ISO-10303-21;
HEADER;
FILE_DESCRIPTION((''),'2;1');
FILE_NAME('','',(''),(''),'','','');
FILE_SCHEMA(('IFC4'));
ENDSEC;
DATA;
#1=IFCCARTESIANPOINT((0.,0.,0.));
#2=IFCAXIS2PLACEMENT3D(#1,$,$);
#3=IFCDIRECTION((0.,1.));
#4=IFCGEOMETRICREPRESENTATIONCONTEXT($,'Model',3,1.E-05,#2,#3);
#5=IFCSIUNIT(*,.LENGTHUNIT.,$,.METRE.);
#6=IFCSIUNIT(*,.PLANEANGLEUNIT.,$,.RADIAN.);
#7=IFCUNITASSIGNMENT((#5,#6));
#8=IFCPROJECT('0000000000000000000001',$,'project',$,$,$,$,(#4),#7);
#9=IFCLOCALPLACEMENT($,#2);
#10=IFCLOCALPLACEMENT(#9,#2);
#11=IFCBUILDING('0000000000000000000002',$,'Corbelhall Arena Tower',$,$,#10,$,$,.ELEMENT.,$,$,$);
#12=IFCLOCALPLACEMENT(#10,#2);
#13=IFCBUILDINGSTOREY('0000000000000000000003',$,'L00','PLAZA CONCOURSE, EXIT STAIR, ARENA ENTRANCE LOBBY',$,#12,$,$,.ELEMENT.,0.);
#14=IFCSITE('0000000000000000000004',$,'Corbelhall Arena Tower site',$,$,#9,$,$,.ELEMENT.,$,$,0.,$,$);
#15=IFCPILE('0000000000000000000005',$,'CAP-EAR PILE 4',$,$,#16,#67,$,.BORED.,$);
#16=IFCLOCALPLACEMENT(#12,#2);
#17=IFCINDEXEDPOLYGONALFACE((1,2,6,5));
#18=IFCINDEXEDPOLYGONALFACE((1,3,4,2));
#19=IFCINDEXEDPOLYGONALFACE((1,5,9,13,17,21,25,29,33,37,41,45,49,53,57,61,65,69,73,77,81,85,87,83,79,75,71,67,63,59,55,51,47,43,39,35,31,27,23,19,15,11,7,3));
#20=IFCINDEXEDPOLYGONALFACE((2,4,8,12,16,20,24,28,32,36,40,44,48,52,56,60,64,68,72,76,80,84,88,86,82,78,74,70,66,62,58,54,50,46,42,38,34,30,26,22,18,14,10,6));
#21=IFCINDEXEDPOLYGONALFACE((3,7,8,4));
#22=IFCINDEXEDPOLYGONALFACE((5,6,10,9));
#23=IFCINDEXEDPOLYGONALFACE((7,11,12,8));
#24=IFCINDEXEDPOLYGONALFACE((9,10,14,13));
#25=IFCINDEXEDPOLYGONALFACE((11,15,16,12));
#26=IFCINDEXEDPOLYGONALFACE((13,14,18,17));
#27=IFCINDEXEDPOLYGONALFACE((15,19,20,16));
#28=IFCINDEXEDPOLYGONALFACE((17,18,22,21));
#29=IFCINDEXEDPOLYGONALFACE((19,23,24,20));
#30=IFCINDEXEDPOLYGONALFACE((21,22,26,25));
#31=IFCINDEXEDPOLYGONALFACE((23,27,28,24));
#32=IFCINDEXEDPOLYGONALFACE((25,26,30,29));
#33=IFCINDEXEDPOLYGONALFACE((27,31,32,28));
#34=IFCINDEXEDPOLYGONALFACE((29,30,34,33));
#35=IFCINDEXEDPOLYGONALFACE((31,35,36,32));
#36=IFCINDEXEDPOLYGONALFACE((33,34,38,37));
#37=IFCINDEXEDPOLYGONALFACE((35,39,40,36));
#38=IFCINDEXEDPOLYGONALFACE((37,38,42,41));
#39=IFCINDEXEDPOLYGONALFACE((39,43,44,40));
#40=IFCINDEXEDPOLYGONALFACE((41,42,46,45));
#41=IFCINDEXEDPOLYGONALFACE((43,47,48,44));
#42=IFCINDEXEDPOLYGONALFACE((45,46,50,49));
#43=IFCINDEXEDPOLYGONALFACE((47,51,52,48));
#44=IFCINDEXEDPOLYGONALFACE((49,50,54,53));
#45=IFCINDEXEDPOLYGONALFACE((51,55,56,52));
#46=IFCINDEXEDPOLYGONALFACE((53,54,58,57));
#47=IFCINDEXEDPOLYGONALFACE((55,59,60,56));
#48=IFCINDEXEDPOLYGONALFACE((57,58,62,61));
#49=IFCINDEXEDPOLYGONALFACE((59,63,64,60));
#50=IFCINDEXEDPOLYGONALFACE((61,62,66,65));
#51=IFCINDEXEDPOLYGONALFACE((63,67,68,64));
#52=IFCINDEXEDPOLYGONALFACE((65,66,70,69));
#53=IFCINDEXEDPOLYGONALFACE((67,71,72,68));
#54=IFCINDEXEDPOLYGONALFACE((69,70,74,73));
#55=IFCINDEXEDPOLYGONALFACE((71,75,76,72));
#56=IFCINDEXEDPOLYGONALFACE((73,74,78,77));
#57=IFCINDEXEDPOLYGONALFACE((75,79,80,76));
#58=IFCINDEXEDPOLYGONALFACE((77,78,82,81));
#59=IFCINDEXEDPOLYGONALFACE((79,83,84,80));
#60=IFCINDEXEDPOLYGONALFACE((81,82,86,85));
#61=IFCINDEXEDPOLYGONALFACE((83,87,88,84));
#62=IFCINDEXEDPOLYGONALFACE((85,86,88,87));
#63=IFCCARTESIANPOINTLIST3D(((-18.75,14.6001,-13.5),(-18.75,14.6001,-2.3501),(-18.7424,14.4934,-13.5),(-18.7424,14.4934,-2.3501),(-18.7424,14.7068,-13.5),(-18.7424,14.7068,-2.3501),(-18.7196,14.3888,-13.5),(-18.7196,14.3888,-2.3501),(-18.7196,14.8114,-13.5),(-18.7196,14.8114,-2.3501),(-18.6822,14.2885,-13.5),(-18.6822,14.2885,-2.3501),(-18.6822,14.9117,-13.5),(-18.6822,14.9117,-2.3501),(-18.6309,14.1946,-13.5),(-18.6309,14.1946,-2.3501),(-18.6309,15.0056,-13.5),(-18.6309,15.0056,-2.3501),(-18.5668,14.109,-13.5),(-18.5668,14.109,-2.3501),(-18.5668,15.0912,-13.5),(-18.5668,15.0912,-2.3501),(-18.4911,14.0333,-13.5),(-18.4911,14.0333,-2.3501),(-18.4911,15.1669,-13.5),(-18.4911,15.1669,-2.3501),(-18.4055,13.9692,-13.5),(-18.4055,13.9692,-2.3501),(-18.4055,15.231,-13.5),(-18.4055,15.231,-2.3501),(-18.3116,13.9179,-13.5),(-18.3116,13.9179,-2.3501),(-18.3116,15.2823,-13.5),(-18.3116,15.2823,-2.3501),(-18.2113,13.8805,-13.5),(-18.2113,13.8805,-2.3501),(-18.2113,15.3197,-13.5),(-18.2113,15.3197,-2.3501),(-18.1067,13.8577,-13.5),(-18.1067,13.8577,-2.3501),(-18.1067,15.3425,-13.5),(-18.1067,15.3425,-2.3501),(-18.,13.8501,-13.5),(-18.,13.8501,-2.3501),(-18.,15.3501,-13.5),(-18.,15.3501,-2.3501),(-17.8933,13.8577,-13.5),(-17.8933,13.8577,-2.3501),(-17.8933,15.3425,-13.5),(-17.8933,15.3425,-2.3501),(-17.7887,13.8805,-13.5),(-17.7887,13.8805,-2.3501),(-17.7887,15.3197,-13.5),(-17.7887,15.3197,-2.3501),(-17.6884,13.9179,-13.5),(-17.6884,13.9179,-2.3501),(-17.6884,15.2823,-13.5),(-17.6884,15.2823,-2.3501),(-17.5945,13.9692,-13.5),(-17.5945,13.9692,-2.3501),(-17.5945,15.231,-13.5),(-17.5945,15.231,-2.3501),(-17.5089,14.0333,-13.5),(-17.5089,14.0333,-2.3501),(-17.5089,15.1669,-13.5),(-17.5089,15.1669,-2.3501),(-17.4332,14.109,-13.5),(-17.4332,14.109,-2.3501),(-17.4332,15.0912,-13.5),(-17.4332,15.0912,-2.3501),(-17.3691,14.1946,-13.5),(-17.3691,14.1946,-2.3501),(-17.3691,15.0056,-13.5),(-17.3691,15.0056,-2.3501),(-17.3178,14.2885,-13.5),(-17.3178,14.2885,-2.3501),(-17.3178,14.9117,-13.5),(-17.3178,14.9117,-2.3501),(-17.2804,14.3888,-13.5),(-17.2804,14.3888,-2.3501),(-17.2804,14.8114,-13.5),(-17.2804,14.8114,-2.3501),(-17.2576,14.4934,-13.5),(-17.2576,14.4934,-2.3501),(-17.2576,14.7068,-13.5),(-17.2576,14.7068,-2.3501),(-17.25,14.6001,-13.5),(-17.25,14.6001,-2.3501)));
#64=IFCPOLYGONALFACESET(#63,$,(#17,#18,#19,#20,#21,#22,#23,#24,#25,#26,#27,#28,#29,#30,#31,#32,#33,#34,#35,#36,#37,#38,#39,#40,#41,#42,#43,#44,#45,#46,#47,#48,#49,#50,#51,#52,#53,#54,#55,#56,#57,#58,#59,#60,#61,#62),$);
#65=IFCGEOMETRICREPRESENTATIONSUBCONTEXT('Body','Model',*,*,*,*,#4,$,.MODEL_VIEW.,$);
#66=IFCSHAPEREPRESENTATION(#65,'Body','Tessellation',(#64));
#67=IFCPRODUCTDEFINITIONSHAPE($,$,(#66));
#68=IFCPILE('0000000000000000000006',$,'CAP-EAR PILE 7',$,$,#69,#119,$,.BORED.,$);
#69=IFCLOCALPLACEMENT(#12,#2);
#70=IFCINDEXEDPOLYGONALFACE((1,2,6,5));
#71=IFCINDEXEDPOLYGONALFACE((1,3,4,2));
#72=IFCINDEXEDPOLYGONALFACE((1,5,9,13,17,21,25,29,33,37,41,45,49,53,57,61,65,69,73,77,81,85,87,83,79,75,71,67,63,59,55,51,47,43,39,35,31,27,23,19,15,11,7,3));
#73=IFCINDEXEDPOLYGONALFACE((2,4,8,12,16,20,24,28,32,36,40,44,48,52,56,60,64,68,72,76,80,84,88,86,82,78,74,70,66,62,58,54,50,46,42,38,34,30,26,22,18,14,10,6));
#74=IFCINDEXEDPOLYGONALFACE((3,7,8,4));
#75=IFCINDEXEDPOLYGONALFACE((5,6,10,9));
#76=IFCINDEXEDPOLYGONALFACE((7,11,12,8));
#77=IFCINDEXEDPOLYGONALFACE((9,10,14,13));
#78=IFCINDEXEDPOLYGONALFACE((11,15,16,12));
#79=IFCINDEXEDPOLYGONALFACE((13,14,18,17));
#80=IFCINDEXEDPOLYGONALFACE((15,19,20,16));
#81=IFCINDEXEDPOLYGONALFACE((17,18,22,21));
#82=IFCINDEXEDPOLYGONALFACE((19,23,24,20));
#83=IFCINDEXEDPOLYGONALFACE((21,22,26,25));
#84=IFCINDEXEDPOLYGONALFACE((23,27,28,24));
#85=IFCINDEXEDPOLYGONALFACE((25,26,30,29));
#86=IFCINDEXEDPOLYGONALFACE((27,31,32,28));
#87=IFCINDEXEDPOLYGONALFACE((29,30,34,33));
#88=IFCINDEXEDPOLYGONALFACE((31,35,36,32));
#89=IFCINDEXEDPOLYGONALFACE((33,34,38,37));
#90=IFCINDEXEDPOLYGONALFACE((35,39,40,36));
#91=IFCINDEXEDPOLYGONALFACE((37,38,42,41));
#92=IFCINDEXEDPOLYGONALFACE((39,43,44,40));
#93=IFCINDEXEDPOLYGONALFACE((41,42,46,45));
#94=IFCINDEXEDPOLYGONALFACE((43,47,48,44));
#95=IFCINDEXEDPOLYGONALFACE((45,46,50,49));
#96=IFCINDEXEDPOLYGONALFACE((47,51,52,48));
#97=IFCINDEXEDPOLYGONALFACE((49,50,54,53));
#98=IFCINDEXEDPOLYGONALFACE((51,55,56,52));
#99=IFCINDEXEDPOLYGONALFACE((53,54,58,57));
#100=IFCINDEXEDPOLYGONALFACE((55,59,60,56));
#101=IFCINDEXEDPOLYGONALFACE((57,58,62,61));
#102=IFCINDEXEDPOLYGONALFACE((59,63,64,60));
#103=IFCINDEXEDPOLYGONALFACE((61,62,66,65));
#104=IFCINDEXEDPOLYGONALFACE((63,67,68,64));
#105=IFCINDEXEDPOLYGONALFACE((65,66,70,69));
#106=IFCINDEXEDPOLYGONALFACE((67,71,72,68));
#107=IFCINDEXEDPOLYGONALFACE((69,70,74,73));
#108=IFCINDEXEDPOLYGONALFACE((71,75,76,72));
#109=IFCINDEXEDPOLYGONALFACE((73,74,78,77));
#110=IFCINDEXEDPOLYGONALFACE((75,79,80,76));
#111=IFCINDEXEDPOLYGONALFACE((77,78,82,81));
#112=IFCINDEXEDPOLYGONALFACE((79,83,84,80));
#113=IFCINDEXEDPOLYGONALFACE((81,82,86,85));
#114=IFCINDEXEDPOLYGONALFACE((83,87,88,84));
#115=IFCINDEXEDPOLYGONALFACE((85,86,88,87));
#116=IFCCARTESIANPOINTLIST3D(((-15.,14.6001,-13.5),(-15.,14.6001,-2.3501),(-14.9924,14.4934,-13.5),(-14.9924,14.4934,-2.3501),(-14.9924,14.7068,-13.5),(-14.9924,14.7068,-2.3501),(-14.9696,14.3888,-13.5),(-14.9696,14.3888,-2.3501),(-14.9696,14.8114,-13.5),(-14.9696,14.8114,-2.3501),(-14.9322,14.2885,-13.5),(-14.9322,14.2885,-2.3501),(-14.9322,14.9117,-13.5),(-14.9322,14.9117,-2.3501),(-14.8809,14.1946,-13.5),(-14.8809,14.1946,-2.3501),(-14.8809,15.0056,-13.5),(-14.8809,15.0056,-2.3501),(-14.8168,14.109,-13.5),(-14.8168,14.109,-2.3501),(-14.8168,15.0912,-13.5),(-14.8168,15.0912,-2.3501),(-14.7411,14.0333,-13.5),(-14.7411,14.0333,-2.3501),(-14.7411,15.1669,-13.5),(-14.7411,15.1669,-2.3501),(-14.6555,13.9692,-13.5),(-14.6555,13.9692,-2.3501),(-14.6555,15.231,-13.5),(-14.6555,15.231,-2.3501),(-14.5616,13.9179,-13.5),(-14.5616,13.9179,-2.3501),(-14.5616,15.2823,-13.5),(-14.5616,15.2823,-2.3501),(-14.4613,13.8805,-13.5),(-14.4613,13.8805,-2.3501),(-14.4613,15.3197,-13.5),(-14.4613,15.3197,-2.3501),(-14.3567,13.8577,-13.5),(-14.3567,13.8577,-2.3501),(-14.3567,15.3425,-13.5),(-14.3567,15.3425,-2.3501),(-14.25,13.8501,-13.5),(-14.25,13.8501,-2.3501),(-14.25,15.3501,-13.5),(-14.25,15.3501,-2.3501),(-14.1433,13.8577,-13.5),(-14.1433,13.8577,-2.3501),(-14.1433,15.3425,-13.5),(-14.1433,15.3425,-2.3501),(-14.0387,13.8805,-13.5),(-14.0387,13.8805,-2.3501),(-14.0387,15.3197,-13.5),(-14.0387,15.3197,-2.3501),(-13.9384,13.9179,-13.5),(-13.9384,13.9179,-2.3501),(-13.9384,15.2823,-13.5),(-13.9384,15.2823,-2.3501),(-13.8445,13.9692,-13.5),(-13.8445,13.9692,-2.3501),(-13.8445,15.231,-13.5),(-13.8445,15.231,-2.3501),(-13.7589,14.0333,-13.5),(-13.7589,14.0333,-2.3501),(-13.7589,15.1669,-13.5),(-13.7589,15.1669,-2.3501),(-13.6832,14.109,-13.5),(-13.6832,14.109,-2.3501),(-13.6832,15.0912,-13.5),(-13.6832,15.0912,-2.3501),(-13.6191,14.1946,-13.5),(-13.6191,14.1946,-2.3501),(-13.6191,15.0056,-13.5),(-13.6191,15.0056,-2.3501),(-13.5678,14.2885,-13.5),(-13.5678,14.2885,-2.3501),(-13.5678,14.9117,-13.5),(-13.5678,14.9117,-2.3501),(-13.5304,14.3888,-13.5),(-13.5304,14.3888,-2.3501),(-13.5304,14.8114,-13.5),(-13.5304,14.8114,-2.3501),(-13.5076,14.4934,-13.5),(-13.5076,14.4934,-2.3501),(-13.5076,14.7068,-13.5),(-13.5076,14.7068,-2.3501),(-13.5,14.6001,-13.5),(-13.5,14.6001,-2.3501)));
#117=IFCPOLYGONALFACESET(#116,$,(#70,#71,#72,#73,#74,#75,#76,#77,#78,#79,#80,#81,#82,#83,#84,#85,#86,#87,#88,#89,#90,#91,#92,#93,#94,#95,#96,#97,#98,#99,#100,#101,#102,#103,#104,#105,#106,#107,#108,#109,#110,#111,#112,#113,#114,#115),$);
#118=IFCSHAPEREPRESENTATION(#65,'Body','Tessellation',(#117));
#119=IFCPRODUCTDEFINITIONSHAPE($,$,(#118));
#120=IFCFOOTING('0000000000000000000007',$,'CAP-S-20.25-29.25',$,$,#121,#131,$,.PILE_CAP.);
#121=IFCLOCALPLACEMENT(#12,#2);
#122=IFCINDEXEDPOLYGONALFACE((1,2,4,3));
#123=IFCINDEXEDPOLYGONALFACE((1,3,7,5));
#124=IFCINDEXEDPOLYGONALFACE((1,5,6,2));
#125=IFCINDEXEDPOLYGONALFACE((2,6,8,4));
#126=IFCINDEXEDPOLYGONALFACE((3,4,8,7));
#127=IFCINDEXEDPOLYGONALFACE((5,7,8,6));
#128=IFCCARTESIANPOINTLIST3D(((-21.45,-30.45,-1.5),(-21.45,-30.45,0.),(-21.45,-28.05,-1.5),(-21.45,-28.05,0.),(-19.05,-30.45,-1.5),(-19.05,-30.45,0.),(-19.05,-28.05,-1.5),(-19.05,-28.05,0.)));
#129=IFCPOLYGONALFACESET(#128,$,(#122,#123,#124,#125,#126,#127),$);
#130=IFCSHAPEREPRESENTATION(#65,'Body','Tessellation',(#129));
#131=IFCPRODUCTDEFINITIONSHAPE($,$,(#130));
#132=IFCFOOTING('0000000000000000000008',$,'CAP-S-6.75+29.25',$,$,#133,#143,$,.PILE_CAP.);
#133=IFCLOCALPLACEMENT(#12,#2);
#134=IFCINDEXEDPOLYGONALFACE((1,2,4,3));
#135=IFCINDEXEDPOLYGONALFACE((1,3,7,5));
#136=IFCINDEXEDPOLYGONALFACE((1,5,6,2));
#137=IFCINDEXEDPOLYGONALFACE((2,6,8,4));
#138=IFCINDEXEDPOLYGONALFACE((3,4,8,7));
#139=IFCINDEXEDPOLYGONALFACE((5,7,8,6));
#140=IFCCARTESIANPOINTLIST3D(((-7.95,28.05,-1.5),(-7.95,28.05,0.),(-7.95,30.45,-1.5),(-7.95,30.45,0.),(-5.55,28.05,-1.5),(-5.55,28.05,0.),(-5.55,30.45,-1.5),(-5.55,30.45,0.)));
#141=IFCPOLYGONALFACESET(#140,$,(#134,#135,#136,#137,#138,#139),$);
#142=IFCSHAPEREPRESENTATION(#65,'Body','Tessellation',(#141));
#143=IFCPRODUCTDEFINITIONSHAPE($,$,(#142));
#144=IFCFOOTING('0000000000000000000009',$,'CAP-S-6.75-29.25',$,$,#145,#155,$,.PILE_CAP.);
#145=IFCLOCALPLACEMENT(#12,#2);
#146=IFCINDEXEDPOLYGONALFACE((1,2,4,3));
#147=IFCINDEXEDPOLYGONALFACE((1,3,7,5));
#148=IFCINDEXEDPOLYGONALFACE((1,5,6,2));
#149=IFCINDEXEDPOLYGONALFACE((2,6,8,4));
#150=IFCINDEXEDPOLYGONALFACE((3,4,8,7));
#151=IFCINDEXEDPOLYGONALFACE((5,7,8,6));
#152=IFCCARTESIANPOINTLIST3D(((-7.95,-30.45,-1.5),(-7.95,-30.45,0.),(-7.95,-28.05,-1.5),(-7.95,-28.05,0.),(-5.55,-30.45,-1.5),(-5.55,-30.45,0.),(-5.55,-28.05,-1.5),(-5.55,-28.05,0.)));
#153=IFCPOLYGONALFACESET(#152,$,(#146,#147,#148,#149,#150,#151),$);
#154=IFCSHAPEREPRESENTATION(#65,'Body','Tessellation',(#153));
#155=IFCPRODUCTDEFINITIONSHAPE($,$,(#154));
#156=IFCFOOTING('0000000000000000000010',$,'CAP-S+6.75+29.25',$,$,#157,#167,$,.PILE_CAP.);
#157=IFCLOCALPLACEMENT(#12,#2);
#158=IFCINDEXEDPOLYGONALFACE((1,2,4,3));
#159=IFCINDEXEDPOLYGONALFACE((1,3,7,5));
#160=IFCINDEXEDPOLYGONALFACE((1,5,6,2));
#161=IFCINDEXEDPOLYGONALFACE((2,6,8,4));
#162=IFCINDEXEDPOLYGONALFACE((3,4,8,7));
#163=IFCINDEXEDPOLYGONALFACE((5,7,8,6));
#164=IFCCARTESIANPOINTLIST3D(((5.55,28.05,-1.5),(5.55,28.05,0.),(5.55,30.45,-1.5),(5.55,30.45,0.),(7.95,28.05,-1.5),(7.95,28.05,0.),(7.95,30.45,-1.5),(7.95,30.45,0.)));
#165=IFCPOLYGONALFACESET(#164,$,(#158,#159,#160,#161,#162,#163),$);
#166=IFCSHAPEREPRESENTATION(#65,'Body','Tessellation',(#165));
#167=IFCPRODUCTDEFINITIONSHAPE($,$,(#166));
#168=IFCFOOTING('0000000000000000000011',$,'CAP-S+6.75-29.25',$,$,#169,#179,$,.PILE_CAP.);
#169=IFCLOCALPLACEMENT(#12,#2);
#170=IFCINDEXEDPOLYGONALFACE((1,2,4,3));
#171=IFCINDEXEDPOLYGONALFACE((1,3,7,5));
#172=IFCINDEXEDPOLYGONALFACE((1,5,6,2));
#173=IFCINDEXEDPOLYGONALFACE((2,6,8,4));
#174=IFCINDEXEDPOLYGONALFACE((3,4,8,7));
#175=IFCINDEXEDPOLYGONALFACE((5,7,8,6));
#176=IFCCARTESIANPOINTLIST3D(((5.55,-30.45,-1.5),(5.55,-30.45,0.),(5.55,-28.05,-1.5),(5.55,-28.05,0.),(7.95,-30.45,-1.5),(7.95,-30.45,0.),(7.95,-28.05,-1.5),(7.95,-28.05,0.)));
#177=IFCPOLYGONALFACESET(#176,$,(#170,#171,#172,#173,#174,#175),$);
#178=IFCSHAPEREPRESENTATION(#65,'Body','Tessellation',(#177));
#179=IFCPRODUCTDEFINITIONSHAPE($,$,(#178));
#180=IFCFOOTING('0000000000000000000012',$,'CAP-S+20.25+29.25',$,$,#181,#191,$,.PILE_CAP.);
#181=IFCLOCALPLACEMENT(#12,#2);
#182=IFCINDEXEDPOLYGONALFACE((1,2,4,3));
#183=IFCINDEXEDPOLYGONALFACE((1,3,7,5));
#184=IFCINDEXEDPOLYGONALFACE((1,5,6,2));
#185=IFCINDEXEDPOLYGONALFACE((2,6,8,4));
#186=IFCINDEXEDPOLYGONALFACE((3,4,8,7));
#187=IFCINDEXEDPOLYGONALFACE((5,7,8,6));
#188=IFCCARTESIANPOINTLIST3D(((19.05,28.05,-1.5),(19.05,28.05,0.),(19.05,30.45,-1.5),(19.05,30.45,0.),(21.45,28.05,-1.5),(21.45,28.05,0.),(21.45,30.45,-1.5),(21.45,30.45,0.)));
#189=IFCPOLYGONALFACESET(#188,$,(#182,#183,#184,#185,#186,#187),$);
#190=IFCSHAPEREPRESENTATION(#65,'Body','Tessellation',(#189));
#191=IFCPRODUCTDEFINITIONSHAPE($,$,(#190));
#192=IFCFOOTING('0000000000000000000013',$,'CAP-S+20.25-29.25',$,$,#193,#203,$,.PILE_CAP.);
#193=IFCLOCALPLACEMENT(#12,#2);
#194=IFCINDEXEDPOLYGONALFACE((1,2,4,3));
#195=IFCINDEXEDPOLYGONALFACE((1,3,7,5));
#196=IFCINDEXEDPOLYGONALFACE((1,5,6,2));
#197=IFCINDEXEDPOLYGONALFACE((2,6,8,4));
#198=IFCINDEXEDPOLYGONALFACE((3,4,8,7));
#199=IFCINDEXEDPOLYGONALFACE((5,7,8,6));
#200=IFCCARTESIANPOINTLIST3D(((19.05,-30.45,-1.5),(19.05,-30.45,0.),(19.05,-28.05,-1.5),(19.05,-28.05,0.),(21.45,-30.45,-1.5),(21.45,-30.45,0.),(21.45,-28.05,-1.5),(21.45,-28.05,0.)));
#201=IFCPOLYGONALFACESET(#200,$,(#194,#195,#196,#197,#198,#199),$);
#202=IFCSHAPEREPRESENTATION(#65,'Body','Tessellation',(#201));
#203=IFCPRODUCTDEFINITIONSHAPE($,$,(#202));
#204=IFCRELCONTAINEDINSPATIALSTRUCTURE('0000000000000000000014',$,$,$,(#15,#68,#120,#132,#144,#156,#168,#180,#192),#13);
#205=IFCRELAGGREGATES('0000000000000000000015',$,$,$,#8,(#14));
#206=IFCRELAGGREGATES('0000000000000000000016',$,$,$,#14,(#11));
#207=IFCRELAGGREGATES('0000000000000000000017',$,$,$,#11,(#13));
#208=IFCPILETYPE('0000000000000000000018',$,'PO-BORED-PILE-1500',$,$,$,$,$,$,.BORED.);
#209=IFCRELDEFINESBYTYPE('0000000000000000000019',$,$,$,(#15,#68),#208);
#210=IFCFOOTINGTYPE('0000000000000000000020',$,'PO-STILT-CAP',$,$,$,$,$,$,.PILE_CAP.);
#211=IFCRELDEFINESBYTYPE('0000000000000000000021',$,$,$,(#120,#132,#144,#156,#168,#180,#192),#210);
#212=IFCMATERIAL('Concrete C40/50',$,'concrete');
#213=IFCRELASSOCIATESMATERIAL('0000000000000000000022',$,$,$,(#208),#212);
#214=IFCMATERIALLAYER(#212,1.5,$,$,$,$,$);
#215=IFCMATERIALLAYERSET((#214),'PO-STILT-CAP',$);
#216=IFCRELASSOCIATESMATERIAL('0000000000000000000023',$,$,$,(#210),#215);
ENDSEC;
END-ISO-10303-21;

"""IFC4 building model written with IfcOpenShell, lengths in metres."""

from ifc_helpers import new_model, si_unit, direction, frame, origin, origin_2d, place, context, subcontext, project, spatial, polyline, circle, outline, extrude, material, layer, layer_set, material_profile, profile_set, type_object, element, save


model = new_model("IFC4")

# Units and contexts
model_context = context("Model", 3, precision=1e-05, world=origin(), true_north=direction((0.0, 1.0)))
body_context = subcontext(model_context, "Body", "Model", "MODEL_VIEW")
ifc_project = project(units=[si_unit("LENGTHUNIT", "METRE"), si_unit("PLANEANGLEUNIT", "RADIAN")], contexts=[model_context])

# Site, building, storey
site_placement = place(None, origin())
site = spatial("IfcSite", under=ifc_project, at=site_placement, Name="Corbelhall Arena Tower site", CompositionType="ELEMENT", RefElevation=0.0)
building_placement = place(site_placement, origin())
building = spatial("IfcBuilding", under=site, at=building_placement, Name="Corbelhall Arena Tower", CompositionType="ELEMENT")
storey_placement = place(building_placement, origin())
storey = spatial("IfcBuildingStorey", under=building, at=storey_placement, Name="L00", Description="PLAZA CONCOURSE, EXIT STAIR, ARENA ENTRANCE LOBBY", CompositionType="ELEMENT", Elevation=0.0)

# Piles
ifc_material_1 = material(Name="Concrete C40/50", Category="concrete")
ifc_material_profile_1 = material_profile(ifc_material_1, circle(Radius=0.75, at=origin_2d()))
ifc_profile_set_1 = profile_set([ifc_material_profile_1], Name="Concrete C40/50")
pile_type_1 = type_object("IfcPileType", Name="PO-BORED-PILE-1500", PredefinedType="BORED", material=ifc_profile_set_1)
for number, where, z_axis, x_axis, name in (
    (1, (-18.0, 14.6001, -2.3501), (0.0, 0.0, -1.0), (1.0, 0.0, 0.0), "CAP-EAR PILE 4"),
    (2, (-14.25, 14.6001, -2.3501), (0.0, 0.0, -1.0), (1.0, 0.0, 0.0), "CAP-EAR PILE 7"),
):
    element("IfcPile", number, at=place(storey_placement, frame(where, z_axis=z_axis, x_axis=x_axis)), inside=storey, type_object=pile_type_1, Name=name, PredefinedType="BORED", context=body_context, shape_type="SweptSolid", body=[
        extrude(circle(Radius=0.75, at=origin_2d()), origin(), (0.0, 0.0, 1.0), 11.1499),
    ])

# Footings
ifc_layer_1 = layer(ifc_material_1, 1.5)
ifc_layer_set_1 = layer_set([ifc_layer_1], Name="PO-STILT-CAP")
footing_type_1 = type_object("IfcFootingType", Name="PO-STILT-CAP", PredefinedType="PILE_CAP", material=ifc_layer_set_1)
footing_1_placement = place(storey_placement, frame((0.0, 0.0, -1.5)))
element("IfcFooting", 3, at=footing_1_placement, inside=storey, type_object=footing_type_1, Name="CAP-S-20.25-29.25", PredefinedType="PILE_CAP", context=body_context, shape_type="SweptSolid", body=[
    extrude(outline(polyline([(-21.45, -30.45), (-19.05, -30.45), (-19.05, -28.05), (-21.45, -28.05), (-21.45, -30.45)])), origin(), (0.0, 0.0, 1.0), 1.5),
])
footing_2_placement = place(storey_placement, frame((0.0, 0.0, -1.5)))
element("IfcFooting", 4, at=footing_2_placement, inside=storey, type_object=footing_type_1, Name="CAP-S-6.75+29.25", PredefinedType="PILE_CAP", context=body_context, shape_type="SweptSolid", body=[
    extrude(outline(polyline([(-7.95, 28.05), (-5.55, 28.05), (-5.55, 30.45), (-7.95, 30.45), (-7.95, 28.05)])), origin(), (0.0, 0.0, 1.0), 1.5),
])
footing_3_placement = place(storey_placement, frame((0.0, 0.0, -1.5)))
element("IfcFooting", 5, at=footing_3_placement, inside=storey, type_object=footing_type_1, Name="CAP-S-6.75-29.25", PredefinedType="PILE_CAP", context=body_context, shape_type="SweptSolid", body=[
    extrude(outline(polyline([(-7.95, -30.45), (-5.55, -30.45), (-5.55, -28.05), (-7.95, -28.05), (-7.95, -30.45)])), origin(), (0.0, 0.0, 1.0), 1.5),
])
footing_4_placement = place(storey_placement, frame((0.0, 0.0, -1.5)))
element("IfcFooting", 6, at=footing_4_placement, inside=storey, type_object=footing_type_1, Name="CAP-S+6.75+29.25", PredefinedType="PILE_CAP", context=body_context, shape_type="SweptSolid", body=[
    extrude(outline(polyline([(5.55, 28.05), (7.95, 28.05), (7.95, 30.45), (5.55, 30.45), (5.55, 28.05)])), origin(), (0.0, 0.0, 1.0), 1.5),
])
footing_5_placement = place(storey_placement, frame((0.0, 0.0, -1.5)))
element("IfcFooting", 7, at=footing_5_placement, inside=storey, type_object=footing_type_1, Name="CAP-S+6.75-29.25", PredefinedType="PILE_CAP", context=body_context, shape_type="SweptSolid", body=[
    extrude(outline(polyline([(5.55, -30.45), (7.95, -30.45), (7.95, -28.05), (5.55, -28.05), (5.55, -30.45)])), origin(), (0.0, 0.0, 1.0), 1.5),
])
footing_6_placement = place(storey_placement, frame((0.0, 0.0, -1.5)))
element("IfcFooting", 8, at=footing_6_placement, inside=storey, type_object=footing_type_1, Name="CAP-S+20.25+29.25", PredefinedType="PILE_CAP", context=body_context, shape_type="SweptSolid", body=[
    extrude(outline(polyline([(19.05, 28.05), (21.45, 28.05), (21.45, 30.45), (19.05, 30.45), (19.05, 28.05)])), origin(), (0.0, 0.0, 1.0), 1.5),
])
footing_7_placement = place(storey_placement, frame((0.0, 0.0, -1.5)))
element("IfcFooting", 9, at=footing_7_placement, inside=storey, type_object=footing_type_1, Name="CAP-S+20.25-29.25", PredefinedType="PILE_CAP", context=body_context, shape_type="SweptSolid", body=[
    extrude(outline(polyline([(19.05, -30.45), (21.45, -30.45), (21.45, -28.05), (19.05, -28.05), (19.05, -30.45)])), origin(), (0.0, 0.0, 1.0), 1.5),
])

save(model, "model.ifc")
